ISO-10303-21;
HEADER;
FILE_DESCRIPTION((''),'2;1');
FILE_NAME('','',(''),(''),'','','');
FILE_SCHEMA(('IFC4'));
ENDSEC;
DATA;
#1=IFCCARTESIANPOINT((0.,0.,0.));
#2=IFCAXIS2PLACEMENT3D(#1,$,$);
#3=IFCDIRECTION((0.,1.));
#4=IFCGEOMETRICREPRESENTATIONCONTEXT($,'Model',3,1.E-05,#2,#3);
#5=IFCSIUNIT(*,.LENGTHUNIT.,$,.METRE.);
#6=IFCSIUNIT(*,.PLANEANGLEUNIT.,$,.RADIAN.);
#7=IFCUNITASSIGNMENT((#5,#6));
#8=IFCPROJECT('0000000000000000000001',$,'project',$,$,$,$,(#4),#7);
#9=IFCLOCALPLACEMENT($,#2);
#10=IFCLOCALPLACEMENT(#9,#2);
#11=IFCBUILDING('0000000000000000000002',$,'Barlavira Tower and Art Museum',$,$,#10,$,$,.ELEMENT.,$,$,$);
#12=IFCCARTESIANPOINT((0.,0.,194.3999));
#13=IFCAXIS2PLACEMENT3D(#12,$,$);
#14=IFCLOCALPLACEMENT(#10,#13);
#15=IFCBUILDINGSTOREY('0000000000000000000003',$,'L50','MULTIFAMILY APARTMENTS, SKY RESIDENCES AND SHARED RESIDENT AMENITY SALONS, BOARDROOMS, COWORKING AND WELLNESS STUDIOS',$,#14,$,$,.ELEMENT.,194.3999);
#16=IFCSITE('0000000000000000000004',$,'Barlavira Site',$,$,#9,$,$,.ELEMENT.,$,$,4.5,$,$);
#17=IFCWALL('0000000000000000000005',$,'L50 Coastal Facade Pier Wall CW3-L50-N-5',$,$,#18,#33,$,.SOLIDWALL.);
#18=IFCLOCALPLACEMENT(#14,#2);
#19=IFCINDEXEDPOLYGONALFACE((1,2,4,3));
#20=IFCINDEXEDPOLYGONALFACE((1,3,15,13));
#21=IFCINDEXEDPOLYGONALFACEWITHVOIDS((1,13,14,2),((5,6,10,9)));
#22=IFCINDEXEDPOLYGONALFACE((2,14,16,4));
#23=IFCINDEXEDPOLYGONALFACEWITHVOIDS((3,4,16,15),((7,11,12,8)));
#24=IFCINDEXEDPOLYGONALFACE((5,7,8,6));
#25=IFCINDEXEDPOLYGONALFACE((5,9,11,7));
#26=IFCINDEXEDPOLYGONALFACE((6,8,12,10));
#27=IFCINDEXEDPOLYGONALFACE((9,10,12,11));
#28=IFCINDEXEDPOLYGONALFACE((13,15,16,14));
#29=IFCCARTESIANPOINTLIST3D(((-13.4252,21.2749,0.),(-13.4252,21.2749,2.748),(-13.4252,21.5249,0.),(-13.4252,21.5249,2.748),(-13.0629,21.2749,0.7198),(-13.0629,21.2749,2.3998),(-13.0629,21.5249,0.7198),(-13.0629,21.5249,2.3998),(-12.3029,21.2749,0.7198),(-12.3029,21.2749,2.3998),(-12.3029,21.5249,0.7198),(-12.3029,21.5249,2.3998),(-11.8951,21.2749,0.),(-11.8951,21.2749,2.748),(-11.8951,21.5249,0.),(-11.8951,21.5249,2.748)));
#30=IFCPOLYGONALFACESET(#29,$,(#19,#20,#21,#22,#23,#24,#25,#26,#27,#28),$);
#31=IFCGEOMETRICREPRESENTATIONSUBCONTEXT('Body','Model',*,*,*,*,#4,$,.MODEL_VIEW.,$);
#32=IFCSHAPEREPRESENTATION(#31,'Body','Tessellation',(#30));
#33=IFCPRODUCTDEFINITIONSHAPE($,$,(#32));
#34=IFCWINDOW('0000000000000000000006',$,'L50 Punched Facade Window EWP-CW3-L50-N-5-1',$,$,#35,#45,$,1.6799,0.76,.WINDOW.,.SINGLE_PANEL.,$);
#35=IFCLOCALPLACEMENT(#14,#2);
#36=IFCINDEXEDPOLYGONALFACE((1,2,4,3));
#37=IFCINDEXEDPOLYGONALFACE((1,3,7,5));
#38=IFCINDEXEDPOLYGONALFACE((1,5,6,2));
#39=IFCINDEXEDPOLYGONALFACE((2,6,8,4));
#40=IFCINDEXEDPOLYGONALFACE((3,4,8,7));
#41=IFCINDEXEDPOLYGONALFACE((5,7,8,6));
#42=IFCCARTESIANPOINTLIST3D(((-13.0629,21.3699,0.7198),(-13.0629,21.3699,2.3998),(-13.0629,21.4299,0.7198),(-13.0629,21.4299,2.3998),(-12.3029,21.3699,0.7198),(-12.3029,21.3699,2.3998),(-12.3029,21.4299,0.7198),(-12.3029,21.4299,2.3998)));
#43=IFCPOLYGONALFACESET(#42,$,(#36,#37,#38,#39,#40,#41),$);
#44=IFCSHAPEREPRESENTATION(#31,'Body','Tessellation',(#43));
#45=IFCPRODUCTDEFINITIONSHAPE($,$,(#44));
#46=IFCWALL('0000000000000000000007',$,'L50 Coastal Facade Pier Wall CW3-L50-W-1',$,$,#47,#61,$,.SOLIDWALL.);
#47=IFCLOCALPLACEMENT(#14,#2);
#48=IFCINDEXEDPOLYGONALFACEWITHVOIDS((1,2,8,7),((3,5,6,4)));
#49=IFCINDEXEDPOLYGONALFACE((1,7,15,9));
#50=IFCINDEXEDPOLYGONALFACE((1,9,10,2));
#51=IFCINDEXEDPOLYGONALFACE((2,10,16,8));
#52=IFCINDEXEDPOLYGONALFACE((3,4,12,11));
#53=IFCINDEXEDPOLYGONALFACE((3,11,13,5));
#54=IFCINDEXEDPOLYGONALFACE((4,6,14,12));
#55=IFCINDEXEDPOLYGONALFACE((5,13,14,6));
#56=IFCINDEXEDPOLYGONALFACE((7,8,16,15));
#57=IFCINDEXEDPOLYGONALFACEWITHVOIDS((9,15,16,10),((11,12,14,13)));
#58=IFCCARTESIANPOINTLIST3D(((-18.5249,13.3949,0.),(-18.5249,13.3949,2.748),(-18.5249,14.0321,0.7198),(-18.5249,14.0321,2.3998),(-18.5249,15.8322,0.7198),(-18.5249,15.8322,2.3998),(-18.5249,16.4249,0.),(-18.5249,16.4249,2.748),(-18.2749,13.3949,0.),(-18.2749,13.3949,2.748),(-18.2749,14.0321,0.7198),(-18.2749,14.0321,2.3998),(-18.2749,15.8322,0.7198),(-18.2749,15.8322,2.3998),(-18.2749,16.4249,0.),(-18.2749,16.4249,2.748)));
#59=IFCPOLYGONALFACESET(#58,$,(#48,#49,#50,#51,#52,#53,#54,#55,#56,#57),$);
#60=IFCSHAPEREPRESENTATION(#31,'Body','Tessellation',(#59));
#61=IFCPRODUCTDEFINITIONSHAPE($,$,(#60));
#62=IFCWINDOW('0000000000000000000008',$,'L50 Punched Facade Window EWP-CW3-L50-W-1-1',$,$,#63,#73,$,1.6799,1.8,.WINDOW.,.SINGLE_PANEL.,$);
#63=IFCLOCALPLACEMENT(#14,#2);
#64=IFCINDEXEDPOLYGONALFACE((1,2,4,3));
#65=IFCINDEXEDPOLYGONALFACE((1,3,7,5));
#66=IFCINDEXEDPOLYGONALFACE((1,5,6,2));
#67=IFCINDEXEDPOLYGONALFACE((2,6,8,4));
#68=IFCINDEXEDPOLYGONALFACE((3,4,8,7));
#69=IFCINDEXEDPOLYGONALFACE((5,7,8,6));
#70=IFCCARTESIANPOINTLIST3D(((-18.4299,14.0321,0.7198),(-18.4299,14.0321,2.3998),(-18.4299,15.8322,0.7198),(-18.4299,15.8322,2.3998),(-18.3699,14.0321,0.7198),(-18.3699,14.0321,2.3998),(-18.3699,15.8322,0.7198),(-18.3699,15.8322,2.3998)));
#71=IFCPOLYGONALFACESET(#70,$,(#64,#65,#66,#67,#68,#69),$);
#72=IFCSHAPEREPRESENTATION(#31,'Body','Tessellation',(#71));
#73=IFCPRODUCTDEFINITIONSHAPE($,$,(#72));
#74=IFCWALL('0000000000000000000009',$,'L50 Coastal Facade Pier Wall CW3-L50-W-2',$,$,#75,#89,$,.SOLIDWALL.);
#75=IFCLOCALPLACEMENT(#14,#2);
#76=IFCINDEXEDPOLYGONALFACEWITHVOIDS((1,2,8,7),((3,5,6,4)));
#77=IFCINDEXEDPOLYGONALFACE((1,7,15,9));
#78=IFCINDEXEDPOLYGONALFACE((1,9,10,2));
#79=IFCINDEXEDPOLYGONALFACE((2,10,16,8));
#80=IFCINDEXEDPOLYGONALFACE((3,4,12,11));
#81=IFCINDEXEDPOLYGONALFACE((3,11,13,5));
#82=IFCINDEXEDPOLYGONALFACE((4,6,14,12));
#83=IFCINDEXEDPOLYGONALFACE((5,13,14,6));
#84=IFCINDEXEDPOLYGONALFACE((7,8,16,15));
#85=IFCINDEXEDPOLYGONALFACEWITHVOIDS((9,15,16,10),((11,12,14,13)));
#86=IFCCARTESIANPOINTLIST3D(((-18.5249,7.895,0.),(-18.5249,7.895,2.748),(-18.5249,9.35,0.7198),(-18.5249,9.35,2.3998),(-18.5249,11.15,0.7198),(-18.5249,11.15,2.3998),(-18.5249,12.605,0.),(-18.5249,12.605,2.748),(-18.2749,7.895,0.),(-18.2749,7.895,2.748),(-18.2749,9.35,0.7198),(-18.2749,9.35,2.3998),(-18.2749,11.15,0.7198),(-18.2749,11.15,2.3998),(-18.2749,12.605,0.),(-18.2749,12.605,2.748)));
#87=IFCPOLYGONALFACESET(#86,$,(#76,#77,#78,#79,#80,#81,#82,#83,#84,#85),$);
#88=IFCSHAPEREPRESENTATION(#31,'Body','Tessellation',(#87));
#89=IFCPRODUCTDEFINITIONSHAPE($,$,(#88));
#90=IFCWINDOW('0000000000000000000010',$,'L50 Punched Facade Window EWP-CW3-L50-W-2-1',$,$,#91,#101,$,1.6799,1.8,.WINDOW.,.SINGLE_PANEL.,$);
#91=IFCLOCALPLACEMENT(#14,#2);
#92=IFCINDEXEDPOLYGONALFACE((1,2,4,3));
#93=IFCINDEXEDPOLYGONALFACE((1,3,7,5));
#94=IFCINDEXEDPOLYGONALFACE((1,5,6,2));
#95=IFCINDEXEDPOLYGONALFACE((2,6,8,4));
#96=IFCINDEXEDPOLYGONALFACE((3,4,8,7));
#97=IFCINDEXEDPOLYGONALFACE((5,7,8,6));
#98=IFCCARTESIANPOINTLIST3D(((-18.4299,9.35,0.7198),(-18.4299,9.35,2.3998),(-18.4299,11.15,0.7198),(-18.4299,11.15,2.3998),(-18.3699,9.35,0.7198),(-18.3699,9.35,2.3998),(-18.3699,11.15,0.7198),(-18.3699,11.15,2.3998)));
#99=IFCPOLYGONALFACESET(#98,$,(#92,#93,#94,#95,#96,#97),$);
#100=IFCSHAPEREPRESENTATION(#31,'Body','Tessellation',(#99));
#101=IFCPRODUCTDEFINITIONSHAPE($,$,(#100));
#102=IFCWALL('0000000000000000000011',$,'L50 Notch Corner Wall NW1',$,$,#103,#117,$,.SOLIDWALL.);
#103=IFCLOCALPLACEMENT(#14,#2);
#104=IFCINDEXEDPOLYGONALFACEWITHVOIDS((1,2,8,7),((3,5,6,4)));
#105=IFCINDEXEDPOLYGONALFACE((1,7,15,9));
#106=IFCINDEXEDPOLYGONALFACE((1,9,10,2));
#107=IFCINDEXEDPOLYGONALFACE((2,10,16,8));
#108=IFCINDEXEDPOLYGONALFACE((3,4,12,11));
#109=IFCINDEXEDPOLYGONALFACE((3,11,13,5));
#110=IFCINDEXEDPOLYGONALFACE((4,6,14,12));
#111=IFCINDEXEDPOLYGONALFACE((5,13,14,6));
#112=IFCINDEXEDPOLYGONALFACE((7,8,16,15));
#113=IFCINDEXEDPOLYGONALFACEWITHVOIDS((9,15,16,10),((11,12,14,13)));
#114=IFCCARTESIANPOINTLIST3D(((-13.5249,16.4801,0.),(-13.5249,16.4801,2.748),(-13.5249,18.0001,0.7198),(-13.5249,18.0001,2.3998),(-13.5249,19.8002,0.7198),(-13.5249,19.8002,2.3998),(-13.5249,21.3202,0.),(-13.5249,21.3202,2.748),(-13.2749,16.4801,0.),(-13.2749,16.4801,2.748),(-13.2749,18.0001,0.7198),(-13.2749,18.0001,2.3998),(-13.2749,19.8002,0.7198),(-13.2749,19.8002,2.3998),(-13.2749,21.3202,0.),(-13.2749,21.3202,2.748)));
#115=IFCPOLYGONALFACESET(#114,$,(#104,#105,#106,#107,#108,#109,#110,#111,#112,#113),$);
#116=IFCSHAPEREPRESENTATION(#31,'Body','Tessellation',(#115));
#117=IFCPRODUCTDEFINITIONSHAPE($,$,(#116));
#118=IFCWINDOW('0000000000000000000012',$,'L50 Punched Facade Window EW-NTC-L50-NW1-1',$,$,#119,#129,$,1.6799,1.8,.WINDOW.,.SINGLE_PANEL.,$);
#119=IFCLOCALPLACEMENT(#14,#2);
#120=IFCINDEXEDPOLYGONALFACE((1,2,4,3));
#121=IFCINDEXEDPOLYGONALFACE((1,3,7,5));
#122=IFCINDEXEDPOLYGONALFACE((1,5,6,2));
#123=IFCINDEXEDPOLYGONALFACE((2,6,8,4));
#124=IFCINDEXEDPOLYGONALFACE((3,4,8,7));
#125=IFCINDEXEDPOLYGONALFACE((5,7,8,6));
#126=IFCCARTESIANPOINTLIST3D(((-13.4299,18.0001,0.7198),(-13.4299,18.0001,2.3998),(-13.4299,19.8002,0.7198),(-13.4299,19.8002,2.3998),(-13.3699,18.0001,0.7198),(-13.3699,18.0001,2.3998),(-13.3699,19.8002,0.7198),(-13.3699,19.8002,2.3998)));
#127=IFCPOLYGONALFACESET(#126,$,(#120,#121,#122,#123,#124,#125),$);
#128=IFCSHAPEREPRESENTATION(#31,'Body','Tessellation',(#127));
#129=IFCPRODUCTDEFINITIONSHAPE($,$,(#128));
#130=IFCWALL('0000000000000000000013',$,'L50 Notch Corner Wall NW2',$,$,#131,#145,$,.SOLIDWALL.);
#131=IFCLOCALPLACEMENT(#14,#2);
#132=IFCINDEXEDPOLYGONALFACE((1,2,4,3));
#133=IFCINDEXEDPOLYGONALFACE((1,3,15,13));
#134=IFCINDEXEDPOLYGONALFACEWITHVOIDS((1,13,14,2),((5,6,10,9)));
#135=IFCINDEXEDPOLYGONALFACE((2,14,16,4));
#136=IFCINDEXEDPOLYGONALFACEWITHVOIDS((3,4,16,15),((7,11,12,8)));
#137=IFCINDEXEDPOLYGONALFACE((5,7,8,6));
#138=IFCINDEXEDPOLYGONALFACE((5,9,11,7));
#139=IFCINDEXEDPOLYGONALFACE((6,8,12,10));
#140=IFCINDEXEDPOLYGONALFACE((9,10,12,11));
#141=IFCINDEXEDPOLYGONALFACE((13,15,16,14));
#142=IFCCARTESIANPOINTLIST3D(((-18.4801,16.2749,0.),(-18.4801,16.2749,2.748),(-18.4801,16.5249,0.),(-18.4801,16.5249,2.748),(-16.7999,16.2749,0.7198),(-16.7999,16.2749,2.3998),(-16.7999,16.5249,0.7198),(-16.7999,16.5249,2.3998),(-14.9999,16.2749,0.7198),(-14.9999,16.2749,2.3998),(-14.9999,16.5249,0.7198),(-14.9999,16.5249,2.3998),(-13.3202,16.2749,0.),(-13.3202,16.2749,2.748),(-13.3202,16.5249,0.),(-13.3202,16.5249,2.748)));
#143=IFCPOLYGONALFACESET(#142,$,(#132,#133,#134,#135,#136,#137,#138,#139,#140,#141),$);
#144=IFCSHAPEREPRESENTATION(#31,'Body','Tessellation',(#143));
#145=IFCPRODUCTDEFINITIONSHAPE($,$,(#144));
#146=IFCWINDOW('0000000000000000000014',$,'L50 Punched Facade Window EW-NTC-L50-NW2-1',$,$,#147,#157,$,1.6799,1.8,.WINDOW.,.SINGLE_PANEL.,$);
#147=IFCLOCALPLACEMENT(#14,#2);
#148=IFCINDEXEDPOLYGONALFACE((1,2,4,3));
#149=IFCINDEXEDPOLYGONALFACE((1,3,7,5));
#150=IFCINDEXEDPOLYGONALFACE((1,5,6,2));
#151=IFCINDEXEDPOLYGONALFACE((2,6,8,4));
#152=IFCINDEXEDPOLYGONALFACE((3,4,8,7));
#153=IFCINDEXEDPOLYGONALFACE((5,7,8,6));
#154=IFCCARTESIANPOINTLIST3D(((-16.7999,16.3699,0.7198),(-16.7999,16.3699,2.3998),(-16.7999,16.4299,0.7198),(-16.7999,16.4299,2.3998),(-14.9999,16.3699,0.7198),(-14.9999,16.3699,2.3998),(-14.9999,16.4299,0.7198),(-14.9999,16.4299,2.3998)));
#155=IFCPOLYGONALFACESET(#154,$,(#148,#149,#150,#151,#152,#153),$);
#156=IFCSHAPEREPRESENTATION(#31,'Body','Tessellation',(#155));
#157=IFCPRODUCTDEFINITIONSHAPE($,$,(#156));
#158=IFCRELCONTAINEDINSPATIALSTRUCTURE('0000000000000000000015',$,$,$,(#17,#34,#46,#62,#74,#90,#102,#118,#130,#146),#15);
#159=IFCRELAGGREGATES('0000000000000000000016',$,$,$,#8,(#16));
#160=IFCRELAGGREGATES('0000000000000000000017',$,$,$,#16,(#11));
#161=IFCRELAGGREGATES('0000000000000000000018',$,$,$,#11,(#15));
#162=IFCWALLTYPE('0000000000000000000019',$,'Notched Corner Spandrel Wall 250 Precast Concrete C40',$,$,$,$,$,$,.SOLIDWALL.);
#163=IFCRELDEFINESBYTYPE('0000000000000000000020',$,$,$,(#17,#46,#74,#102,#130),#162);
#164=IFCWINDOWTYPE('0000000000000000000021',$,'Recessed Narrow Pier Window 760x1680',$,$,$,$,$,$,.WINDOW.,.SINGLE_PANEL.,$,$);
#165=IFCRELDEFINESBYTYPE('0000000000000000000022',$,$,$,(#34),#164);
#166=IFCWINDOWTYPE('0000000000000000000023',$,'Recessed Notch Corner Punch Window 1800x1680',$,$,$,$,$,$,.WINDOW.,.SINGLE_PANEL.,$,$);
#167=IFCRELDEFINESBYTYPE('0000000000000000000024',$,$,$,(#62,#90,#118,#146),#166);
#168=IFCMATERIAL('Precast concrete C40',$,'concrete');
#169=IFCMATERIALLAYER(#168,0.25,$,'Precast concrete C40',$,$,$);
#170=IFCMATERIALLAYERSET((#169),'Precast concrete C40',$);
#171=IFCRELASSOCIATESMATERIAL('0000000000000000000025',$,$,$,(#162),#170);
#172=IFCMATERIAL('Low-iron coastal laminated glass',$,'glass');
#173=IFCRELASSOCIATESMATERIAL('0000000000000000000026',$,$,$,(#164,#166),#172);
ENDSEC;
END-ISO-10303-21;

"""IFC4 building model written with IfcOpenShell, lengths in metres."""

from ifc_helpers import new_model, si_unit, direction, frame, frame_2d, origin, place, context, subcontext, project, spatial, rectangle, extrude, material, layer, layer_set, type_object, element, fill, save


model = new_model("IFC4")

# Units and contexts
model_context = context("Model", 3, precision=1e-05, world=origin(), true_north=direction((0.0, 1.0)))
body_context = subcontext(model_context, "Body", "Model", "MODEL_VIEW")
ifc_project = project(units=[si_unit("LENGTHUNIT", "METRE"), si_unit("PLANEANGLEUNIT", "RADIAN")], contexts=[model_context])

# Site, building, storey
site_placement = place(None, origin())
site = spatial("IfcSite", under=ifc_project, at=site_placement, Name="Barlavira Site", CompositionType="ELEMENT", RefElevation=4.5)
building_placement = place(site_placement, origin())
building = spatial("IfcBuilding", under=site, at=building_placement, Name="Barlavira Tower and Art Museum", CompositionType="ELEMENT")
storey_placement = place(building_placement, frame((0.0, 0.0, 194.3999)))
storey = spatial("IfcBuildingStorey", under=building, at=storey_placement, Name="L50", Description="MULTIFAMILY APARTMENTS, SKY RESIDENCES AND SHARED RESIDENT AMENITY SALONS, BOARDROOMS, COWORKING AND WELLNESS STUDIOS", CompositionType="ELEMENT", Elevation=194.3999)

# Shared definitions
ifc_material_1 = material(Name="Precast concrete C40", Category="concrete")
ifc_layer_1 = layer(ifc_material_1, 0.25, Name="Precast concrete C40")
ifc_layer_set_1 = layer_set([ifc_layer_1], Name="Precast concrete C40")
wall_type_1 = type_object("IfcWallType", Name="Notched Corner Spandrel Wall 250 Precast Concrete C40", PredefinedType="SOLIDWALL", material=ifc_layer_set_1)
ifc_material_2 = material(Name="Low-iron coastal laminated glass", Category="glass")

# Walls, openings, windows
wall_1_placement = place(storey_placement, frame((-11.895, 21.3999, 0.0), z_axis=(0.0, 0.0, 1.0), x_axis=(-1.0, 0.0, 0.0)))
wall_1 = element("IfcWall", 1, at=wall_1_placement, inside=storey, type_object=wall_type_1, Name="L50 Coastal Facade Pier Wall CW3-L50-N-5", PredefinedType="SOLIDWALL", context=body_context, shape_type="SweptSolid", body=[
    extrude(rectangle(XDim=1.53, YDim=0.25, at=frame_2d((0.7651, 0.0))), origin(), (0.0, 0.0, 1.0), 2.748),
])
opening_1_placement = place(wall_1_placement, frame((0.408, 0.0, 0.72)))
opening_1 = element("IfcOpeningElement", 2, at=opening_1_placement, cuts=wall_1, PredefinedType="OPENING", context=body_context, shape_type="SweptSolid", body=[
    extrude(rectangle(XDim=0.76, YDim=1.6799, at=frame_2d((0.3799, 0.8398))), frame((0.0, 0.135, 0.0), z_axis=(0.0, -1.0, 0.0), x_axis=(1.0, 0.0, 0.0)), (0.0, 0.0, 1.0), 0.27),
])
window_type_1 = type_object("IfcWindowType", Name="Recessed Narrow Pier Window 760x1680", PartitioningType="SINGLE_PANEL", PredefinedType="WINDOW", material=ifc_material_2)
window_1_placement = place(opening_1_placement, origin())
window_1 = element("IfcWindow", 3, at=window_1_placement, inside=storey, type_object=window_type_1, Name="L50 Punched Facade Window EWP-CW3-L50-N-5-1", OverallHeight=1.6799, OverallWidth=0.76, PartitioningType="SINGLE_PANEL", PredefinedType="WINDOW", context=body_context, shape_type="SweptSolid", body=[
    extrude(rectangle(XDim=0.76, YDim=1.6799, at=frame_2d((0.3799, 0.8398))), frame((0.0, 0.03, 0.0), z_axis=(0.0, -1.0, 0.0), x_axis=(1.0, 0.0, 0.0)), (0.0, 0.0, 1.0), 0.0601),
])
fill(opening_1, window_1)
wall_2_placement = place(storey_placement, frame((-18.3999, 16.425, 0.0), z_axis=(0.0, 0.0, 1.0), x_axis=(0.0, -1.0, 0.0)))
wall_2 = element("IfcWall", 4, at=wall_2_placement, inside=storey, type_object=wall_type_1, Name="L50 Coastal Facade Pier Wall CW3-L50-W-1", PredefinedType="SOLIDWALL", context=body_context, shape_type="SweptSolid", body=[
    extrude(rectangle(XDim=3.03, YDim=0.25, at=frame_2d((1.5151, 0.0))), origin(), (0.0, 0.0, 1.0), 2.748),
])
opening_2_placement = place(wall_2_placement, frame((0.593, 0.0, 0.72)))
opening_2 = element("IfcOpeningElement", 5, at=opening_2_placement, cuts=wall_2, PredefinedType="OPENING", context=body_context, shape_type="SweptSolid", body=[
    extrude(rectangle(XDim=1.8, YDim=1.6799, at=frame_2d((0.8999, 0.8398))), frame((0.0, 0.135, 0.0), z_axis=(0.0, -1.0, 0.0), x_axis=(1.0, 0.0, 0.0)), (0.0, 0.0, 1.0), 0.27),
])
window_type_2 = type_object("IfcWindowType", Name="Recessed Notch Corner Punch Window 1800x1680", PartitioningType="SINGLE_PANEL", PredefinedType="WINDOW", material=ifc_material_2)
window_2_placement = place(opening_2_placement, origin())
window_2 = element("IfcWindow", 6, at=window_2_placement, inside=storey, type_object=window_type_2, Name="L50 Punched Facade Window EWP-CW3-L50-W-1-1", OverallHeight=1.6799, OverallWidth=1.8, PartitioningType="SINGLE_PANEL", PredefinedType="WINDOW", context=body_context, shape_type="SweptSolid", body=[
    extrude(rectangle(XDim=1.8, YDim=1.6799, at=frame_2d((0.8999, 0.8398))), frame((0.0, 0.03, 0.0), z_axis=(0.0, -1.0, 0.0), x_axis=(1.0, 0.0, 0.0)), (0.0, 0.0, 1.0), 0.0601),
])
fill(opening_2, window_2)
wall_3_placement = place(storey_placement, frame((-18.3999, 12.605, 0.0), z_axis=(0.0, 0.0, 1.0), x_axis=(0.0, -1.0, 0.0)))
wall_3 = element("IfcWall", 7, at=wall_3_placement, inside=storey, type_object=wall_type_1, Name="L50 Coastal Facade Pier Wall CW3-L50-W-2", PredefinedType="SOLIDWALL", context=body_context, shape_type="SweptSolid", body=[
    extrude(rectangle(XDim=4.71, YDim=0.25, at=frame_2d((2.355, 0.0))), origin(), (0.0, 0.0, 1.0), 2.748),
])
opening_3_placement = place(wall_3_placement, frame((1.4551, 0.0, 0.72)))
opening_3 = element("IfcOpeningElement", 8, at=opening_3_placement, cuts=wall_3, PredefinedType="OPENING", context=body_context, shape_type="SweptSolid", body=[
    extrude(rectangle(XDim=1.8, YDim=1.6799, at=frame_2d((0.8999, 0.8398))), frame((0.0, 0.135, 0.0), z_axis=(0.0, -1.0, 0.0), x_axis=(1.0, 0.0, 0.0)), (0.0, 0.0, 1.0), 0.27),
])
window_3_placement = place(opening_3_placement, origin())
window_3 = element("IfcWindow", 9, at=window_3_placement, inside=storey, type_object=window_type_2, Name="L50 Punched Facade Window EWP-CW3-L50-W-2-1", OverallHeight=1.6799, OverallWidth=1.8, PartitioningType="SINGLE_PANEL", PredefinedType="WINDOW", context=body_context, shape_type="SweptSolid", body=[
    extrude(rectangle(XDim=1.8, YDim=1.6799, at=frame_2d((0.8999, 0.8398))), frame((0.0, 0.03, 0.0), z_axis=(0.0, -1.0, 0.0), x_axis=(1.0, 0.0, 0.0)), (0.0, 0.0, 1.0), 0.0601),
])
fill(opening_3, window_3)
wall_4_placement = place(storey_placement, frame((-13.3999, 21.3201, 0.0), z_axis=(0.0, 0.0, 1.0), x_axis=(0.0, -1.0, 0.0)))
wall_4 = element("IfcWall", 10, at=wall_4_placement, inside=storey, type_object=wall_type_1, Name="L50 Notch Corner Wall NW1", PredefinedType="SOLIDWALL", context=body_context, shape_type="SweptSolid", body=[
    extrude(rectangle(XDim=4.8401, YDim=0.25, at=frame_2d((2.4199, 0.0))), origin(), (0.0, 0.0, 1.0), 2.748),
])
opening_4_placement = place(wall_4_placement, frame((1.52, 0.0, 0.72)))
opening_4 = element("IfcOpeningElement", 11, at=opening_4_placement, cuts=wall_4, PredefinedType="OPENING", context=body_context, shape_type="SweptSolid", body=[
    extrude(rectangle(XDim=1.8, YDim=1.6799, at=frame_2d((0.8999, 0.8398))), frame((0.0, 0.135, 0.0), z_axis=(0.0, -1.0, 0.0), x_axis=(1.0, 0.0, 0.0)), (0.0, 0.0, 1.0), 0.27),
])
window_4_placement = place(opening_4_placement, origin())
window_4 = element("IfcWindow", 12, at=window_4_placement, inside=storey, type_object=window_type_2, Name="L50 Punched Facade Window EW-NTC-L50-NW1-1", OverallHeight=1.6799, OverallWidth=1.8, PartitioningType="SINGLE_PANEL", PredefinedType="WINDOW", context=body_context, shape_type="SweptSolid", body=[
    extrude(rectangle(XDim=1.8, YDim=1.6799, at=frame_2d((0.8999, 0.8398))), frame((0.0, 0.03, 0.0), z_axis=(0.0, -1.0, 0.0), x_axis=(1.0, 0.0, 0.0)), (0.0, 0.0, 1.0), 0.0601),
])
fill(opening_4, window_4)
wall_5_placement = place(storey_placement, frame((-13.3201, 16.3999, 0.0), z_axis=(0.0, 0.0, 1.0), x_axis=(-1.0, 0.0, 0.0)))
wall_5 = element("IfcWall", 13, at=wall_5_placement, inside=storey, type_object=wall_type_1, Name="L50 Notch Corner Wall NW2", PredefinedType="SOLIDWALL", context=body_context, shape_type="SweptSolid", body=[
    extrude(rectangle(XDim=5.1599, YDim=0.25, at=frame_2d((2.5801, 0.0))), origin(), (0.0, 0.0, 1.0), 2.748),
])
opening_5_placement = place(wall_5_placement, frame((1.6799, 0.0, 0.72)))
opening_5 = element("IfcOpeningElement", 14, at=opening_5_placement, cuts=wall_5, PredefinedType="OPENING", context=body_context, shape_type="SweptSolid", body=[
    extrude(rectangle(XDim=1.8, YDim=1.6799, at=frame_2d((0.8999, 0.8398))), frame((0.0, 0.135, 0.0), z_axis=(0.0, -1.0, 0.0), x_axis=(1.0, 0.0, 0.0)), (0.0, 0.0, 1.0), 0.27),
])
window_5_placement = place(opening_5_placement, origin())
window_5 = element("IfcWindow", 15, at=window_5_placement, inside=storey, type_object=window_type_2, Name="L50 Punched Facade Window EW-NTC-L50-NW2-1", OverallHeight=1.6799, OverallWidth=1.8, PartitioningType="SINGLE_PANEL", PredefinedType="WINDOW", context=body_context, shape_type="SweptSolid", body=[
    extrude(rectangle(XDim=1.8, YDim=1.6799, at=frame_2d((0.8999, 0.8398))), frame((0.0, 0.03, 0.0), z_axis=(0.0, -1.0, 0.0), x_axis=(1.0, 0.0, 0.0)), (0.0, 0.0, 1.0), 0.0601),
])
fill(opening_5, window_5)

save(model, "model.ifc")
